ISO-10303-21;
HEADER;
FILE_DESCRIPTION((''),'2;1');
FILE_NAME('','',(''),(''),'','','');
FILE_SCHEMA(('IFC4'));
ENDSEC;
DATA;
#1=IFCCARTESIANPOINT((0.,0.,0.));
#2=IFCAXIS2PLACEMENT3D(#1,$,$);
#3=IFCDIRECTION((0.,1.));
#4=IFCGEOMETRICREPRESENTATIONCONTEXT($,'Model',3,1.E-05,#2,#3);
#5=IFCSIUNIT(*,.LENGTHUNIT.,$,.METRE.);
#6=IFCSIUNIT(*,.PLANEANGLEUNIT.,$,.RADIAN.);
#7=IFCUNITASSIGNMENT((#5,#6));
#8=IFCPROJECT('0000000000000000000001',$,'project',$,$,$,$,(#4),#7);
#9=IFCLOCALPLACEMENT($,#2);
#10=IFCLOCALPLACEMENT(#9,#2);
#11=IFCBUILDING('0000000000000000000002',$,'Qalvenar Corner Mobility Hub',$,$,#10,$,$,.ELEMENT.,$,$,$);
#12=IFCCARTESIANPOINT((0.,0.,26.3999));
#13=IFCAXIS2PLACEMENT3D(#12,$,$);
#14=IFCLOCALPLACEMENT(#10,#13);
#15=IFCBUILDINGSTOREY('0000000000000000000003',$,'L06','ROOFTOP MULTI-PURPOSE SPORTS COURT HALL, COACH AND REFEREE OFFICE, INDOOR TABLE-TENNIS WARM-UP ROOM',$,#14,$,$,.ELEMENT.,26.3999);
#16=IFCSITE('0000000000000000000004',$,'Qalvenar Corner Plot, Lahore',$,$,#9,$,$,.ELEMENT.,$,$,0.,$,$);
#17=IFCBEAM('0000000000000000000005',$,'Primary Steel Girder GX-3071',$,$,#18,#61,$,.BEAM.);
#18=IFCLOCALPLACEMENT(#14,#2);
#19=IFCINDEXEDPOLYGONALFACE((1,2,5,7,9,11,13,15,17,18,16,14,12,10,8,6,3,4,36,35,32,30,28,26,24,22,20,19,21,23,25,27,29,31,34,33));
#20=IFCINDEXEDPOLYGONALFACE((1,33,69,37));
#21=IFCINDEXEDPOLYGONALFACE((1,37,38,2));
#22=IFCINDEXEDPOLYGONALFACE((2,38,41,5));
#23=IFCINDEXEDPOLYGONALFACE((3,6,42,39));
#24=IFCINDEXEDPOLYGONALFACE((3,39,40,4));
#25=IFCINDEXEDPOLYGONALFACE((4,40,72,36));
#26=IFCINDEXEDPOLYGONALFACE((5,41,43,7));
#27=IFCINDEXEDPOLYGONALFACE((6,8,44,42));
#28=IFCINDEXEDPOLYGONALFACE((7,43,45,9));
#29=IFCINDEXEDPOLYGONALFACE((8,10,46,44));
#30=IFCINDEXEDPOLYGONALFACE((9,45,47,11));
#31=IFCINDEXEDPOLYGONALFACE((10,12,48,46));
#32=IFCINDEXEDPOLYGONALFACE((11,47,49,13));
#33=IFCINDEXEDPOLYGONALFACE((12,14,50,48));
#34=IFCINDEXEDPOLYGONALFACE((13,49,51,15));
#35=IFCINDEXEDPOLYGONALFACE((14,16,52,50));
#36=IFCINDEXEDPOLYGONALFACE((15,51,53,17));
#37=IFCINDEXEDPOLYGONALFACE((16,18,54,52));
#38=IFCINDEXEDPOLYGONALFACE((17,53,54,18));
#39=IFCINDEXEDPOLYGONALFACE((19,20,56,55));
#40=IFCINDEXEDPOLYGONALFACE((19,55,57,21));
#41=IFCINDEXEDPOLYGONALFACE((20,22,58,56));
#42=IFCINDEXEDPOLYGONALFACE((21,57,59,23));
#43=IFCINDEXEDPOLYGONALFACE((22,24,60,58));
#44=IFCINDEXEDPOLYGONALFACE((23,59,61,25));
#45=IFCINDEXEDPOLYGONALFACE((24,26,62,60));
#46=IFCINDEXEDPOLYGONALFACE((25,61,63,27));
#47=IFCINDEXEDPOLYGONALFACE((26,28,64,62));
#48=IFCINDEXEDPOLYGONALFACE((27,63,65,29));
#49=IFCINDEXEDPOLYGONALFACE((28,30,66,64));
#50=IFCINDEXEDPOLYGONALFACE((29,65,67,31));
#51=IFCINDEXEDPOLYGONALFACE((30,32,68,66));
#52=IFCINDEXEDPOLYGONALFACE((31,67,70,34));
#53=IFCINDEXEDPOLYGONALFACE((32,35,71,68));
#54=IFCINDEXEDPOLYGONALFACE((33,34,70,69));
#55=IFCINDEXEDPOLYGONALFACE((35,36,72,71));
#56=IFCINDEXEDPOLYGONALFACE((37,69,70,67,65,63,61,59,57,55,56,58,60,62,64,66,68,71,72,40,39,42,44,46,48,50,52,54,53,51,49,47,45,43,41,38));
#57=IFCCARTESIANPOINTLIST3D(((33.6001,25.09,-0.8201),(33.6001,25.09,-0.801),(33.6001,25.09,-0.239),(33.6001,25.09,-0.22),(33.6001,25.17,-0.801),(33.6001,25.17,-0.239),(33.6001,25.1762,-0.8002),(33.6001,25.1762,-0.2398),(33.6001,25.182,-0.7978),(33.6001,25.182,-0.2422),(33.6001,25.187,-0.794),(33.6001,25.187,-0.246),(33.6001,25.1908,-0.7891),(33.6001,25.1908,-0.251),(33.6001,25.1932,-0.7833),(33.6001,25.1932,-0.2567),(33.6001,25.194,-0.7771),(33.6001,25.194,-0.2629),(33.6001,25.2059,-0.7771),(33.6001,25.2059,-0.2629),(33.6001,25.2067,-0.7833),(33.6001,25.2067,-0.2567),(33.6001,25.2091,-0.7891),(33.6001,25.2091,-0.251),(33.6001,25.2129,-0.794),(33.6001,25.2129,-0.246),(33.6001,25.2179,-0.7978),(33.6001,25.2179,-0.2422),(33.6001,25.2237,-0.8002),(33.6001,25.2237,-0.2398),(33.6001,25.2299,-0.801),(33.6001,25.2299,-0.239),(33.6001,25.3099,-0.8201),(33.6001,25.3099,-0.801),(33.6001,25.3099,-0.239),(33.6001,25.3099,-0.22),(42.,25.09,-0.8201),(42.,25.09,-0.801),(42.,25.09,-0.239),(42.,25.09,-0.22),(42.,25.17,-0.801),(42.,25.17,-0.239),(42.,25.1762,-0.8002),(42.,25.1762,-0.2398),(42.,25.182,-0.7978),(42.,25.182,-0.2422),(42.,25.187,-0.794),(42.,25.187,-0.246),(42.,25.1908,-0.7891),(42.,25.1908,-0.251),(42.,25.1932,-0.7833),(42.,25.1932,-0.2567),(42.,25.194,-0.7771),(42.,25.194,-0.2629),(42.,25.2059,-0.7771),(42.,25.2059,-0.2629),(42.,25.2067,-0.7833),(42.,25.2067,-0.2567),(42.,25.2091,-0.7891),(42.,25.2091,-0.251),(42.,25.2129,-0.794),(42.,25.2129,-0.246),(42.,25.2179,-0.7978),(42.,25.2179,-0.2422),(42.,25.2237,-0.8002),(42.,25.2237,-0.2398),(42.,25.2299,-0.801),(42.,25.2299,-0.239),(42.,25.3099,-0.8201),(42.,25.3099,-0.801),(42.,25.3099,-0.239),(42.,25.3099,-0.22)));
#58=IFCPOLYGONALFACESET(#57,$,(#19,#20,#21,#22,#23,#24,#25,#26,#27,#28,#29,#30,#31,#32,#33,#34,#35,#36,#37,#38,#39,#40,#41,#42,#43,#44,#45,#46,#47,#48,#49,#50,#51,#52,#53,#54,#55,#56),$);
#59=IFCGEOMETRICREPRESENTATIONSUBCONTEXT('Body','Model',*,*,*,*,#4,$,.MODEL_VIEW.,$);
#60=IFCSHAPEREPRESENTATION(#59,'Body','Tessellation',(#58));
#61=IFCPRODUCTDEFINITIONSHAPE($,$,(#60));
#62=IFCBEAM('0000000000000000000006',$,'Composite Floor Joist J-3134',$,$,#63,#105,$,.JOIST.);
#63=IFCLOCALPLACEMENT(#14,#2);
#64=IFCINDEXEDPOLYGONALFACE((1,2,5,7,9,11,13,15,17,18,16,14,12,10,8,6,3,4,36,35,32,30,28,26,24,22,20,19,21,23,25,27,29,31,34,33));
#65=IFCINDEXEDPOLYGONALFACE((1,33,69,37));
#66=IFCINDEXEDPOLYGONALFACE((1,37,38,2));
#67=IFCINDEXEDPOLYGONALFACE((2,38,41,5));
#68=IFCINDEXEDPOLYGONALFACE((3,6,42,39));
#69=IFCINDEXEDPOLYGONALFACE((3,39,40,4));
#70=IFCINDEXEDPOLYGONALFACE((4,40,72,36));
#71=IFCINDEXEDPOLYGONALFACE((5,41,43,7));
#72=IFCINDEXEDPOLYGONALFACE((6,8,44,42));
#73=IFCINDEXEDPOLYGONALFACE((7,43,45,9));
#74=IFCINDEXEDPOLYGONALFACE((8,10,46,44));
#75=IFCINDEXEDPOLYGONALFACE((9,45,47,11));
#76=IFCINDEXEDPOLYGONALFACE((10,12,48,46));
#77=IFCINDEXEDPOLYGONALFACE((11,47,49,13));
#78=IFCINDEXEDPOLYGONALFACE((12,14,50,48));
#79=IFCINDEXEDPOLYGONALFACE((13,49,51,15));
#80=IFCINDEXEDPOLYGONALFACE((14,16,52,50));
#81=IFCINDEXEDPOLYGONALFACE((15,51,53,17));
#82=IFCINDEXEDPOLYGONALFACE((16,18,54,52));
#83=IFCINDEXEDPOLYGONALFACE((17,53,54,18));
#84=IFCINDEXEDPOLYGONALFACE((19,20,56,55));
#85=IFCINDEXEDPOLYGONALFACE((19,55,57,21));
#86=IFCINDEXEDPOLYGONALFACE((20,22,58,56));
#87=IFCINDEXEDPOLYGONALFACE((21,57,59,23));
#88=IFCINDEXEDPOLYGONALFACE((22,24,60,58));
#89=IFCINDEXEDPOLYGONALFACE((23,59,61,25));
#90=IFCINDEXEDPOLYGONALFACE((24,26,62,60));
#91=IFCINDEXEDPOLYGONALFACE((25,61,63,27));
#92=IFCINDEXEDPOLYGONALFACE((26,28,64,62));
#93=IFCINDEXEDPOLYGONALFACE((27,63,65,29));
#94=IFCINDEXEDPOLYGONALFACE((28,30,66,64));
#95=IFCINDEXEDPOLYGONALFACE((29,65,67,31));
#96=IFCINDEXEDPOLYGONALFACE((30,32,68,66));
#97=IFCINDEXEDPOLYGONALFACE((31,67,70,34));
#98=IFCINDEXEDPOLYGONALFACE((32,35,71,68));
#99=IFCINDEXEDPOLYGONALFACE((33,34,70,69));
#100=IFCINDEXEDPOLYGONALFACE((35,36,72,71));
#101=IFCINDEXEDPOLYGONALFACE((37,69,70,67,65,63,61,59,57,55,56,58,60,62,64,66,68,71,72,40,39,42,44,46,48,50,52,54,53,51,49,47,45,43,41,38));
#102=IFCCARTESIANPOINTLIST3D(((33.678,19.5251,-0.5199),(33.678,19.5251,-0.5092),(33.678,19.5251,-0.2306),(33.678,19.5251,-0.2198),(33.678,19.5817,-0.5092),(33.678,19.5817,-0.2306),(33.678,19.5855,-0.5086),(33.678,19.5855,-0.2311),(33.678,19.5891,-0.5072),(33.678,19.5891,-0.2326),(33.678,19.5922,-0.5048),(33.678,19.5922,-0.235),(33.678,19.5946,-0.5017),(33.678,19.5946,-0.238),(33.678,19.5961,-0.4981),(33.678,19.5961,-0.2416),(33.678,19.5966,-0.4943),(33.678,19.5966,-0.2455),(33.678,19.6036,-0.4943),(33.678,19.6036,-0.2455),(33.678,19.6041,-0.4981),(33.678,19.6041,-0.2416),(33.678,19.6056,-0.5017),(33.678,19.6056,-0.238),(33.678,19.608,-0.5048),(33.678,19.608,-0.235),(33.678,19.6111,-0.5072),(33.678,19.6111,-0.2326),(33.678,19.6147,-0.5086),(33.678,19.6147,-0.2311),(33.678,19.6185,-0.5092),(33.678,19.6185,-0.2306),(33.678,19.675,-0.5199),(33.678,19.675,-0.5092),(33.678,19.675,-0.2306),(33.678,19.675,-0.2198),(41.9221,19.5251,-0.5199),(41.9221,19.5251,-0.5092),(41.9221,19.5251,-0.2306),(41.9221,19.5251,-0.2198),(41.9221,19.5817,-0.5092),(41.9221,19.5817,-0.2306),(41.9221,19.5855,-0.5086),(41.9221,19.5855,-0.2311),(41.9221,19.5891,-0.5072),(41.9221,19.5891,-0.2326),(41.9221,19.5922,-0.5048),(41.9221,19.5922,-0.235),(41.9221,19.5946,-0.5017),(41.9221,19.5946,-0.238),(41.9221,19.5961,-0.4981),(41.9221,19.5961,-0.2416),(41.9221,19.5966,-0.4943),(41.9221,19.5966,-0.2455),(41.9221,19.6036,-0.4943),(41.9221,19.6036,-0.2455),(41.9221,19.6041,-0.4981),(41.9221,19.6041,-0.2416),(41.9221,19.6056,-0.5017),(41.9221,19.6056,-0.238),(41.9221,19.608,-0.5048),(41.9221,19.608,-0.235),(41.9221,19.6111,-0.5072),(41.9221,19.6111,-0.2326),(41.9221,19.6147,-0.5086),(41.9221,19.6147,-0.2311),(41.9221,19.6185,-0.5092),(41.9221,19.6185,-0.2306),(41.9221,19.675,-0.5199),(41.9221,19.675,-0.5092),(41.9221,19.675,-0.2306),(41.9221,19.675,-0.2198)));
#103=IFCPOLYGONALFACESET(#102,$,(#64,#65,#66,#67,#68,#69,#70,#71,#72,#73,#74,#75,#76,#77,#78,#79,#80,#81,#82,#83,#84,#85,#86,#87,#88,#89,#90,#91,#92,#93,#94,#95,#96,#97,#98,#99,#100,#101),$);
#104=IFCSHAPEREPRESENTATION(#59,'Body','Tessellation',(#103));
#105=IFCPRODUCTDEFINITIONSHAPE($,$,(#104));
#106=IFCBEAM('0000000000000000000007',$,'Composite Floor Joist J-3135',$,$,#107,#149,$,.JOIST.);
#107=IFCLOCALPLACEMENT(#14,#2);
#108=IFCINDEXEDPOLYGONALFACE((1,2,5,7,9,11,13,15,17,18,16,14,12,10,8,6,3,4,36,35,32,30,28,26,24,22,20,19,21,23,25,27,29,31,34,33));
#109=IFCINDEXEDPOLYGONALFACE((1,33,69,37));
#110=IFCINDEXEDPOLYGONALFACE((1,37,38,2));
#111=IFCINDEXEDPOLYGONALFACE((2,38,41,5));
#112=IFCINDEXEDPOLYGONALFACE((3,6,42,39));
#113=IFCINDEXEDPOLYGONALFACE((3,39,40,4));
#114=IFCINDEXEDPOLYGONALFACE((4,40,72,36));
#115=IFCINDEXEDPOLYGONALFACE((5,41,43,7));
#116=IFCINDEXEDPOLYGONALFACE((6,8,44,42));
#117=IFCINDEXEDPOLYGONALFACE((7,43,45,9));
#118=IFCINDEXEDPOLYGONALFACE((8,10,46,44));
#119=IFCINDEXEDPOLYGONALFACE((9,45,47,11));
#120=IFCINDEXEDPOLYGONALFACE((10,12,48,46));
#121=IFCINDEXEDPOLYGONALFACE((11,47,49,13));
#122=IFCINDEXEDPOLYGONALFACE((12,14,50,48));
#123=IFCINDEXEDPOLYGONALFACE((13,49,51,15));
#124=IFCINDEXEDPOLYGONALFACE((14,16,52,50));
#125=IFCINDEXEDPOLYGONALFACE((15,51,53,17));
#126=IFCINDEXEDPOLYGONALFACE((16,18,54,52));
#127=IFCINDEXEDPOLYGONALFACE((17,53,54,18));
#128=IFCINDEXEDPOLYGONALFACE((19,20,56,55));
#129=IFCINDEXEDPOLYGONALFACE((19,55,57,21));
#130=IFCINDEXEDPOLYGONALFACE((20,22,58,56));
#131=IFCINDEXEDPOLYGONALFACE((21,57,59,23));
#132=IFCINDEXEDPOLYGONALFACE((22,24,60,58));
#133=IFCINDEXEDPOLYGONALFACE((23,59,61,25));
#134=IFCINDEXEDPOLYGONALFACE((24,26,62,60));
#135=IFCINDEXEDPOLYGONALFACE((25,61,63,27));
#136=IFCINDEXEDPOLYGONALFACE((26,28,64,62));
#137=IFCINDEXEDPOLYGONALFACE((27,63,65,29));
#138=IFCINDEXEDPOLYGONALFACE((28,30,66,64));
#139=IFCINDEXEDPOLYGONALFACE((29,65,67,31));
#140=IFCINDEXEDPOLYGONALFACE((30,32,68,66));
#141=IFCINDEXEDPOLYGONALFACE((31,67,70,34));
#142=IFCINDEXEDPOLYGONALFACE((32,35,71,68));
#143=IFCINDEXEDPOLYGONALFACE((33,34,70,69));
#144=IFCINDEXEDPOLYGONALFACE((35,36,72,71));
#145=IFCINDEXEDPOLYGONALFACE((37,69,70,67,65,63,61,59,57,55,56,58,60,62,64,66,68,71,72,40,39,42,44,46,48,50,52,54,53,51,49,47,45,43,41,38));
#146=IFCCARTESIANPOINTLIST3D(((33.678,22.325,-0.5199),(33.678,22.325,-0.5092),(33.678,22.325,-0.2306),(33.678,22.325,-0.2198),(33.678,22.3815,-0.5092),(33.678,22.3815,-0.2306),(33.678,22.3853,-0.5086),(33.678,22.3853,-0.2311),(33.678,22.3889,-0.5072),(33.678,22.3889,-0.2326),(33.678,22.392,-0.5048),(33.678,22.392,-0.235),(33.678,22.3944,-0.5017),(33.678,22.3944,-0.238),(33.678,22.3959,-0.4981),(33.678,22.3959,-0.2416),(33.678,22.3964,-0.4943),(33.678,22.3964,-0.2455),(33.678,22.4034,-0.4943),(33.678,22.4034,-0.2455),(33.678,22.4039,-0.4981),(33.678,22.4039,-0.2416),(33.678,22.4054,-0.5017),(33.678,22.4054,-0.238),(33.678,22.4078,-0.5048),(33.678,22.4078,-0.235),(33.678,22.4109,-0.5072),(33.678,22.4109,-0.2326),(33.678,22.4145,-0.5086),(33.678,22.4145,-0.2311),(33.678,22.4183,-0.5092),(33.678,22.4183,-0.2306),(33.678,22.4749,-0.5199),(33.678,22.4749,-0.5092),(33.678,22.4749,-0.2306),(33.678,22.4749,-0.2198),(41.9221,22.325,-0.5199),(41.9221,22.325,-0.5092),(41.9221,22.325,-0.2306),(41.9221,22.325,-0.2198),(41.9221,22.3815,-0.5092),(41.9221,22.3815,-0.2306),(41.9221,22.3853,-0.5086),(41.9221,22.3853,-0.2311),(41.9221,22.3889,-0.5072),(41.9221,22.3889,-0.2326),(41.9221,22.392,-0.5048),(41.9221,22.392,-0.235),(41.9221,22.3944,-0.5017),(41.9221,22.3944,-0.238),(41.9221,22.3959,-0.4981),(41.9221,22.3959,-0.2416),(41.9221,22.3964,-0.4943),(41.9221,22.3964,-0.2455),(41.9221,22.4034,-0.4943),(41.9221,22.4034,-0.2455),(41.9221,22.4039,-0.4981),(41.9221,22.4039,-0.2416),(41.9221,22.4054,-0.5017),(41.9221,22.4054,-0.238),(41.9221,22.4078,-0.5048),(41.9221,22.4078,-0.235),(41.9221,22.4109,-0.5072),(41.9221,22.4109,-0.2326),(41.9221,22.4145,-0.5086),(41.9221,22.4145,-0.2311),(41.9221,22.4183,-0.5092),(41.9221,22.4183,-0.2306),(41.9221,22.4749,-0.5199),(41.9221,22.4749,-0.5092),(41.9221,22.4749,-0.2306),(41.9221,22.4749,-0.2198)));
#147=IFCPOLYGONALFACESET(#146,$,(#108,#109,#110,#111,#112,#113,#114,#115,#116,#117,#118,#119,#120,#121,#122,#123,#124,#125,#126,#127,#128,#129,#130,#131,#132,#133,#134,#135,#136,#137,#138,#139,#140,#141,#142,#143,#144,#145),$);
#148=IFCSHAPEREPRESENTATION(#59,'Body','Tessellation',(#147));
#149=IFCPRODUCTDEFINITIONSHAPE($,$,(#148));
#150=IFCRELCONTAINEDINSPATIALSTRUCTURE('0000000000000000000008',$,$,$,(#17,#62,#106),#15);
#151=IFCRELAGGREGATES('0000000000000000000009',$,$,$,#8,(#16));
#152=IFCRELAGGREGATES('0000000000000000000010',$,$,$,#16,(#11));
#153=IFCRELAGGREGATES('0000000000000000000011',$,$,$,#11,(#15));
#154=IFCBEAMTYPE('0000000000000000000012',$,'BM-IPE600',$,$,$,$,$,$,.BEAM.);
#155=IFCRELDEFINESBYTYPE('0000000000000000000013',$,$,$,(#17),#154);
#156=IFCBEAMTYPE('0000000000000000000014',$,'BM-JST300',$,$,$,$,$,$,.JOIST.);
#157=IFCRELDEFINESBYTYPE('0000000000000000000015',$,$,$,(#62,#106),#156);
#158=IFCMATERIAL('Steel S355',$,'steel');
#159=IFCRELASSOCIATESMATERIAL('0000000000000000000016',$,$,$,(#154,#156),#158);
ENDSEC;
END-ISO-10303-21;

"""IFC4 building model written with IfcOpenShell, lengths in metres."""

from ifc_helpers import new_model, si_unit, direction, frame, origin, origin_2d, place, context, subcontext, project, spatial, i_section, extrude, material, material_profile, profile_set, type_object, element, save


model = new_model("IFC4")

# Units and contexts
model_context = context("Model", 3, precision=1e-05, world=origin(), true_north=direction((0.0, 1.0)))
body_context = subcontext(model_context, "Body", "Model", "MODEL_VIEW")
ifc_project = project(units=[si_unit("LENGTHUNIT", "METRE"), si_unit("PLANEANGLEUNIT", "RADIAN")], contexts=[model_context])

# Site, building, storey
site_placement = place(None, origin())
site = spatial("IfcSite", under=ifc_project, at=site_placement, Name="Qalvenar Corner Plot, Lahore", CompositionType="ELEMENT", RefElevation=0.0)
building_placement = place(site_placement, origin())
building = spatial("IfcBuilding", under=site, at=building_placement, Name="Qalvenar Corner Mobility Hub", CompositionType="ELEMENT")
storey_placement = place(building_placement, frame((0.0, 0.0, 26.3999)))
storey = spatial("IfcBuildingStorey", under=building, at=storey_placement, Name="L06", Description="ROOFTOP MULTI-PURPOSE SPORTS COURT HALL, COACH AND REFEREE OFFICE, INDOOR TABLE-TENNIS WARM-UP ROOM", CompositionType="ELEMENT", Elevation=26.3999)

# Shared definitions
ifc_material_1 = material(Name="Steel S355", Category="steel")

# Beams
ifc_material_profile_1 = material_profile(ifc_material_1, i_section(OverallWidth=0.22, OverallDepth=0.6001, WebThickness=0.012, FlangeThickness=0.019, FilletRadius=0.0239, at=origin_2d()), Name="IPE600")
ifc_profile_set_1 = profile_set([ifc_material_profile_1], Name="Steel S355")
beam_type_1 = type_object("IfcBeamType", Name="BM-IPE600", PredefinedType="BEAM", material=ifc_profile_set_1)
for number, where, z_axis, x_axis, name in (
    (1, (33.6001, 25.2, -0.52), (1.0, 0.0, 0.0), (0.0, 1.0, 0.0), "Primary Steel Girder GX-3071"),
):
    element("IfcBeam", number, at=place(storey_placement, frame(where, z_axis=z_axis, x_axis=x_axis)), inside=storey, type_object=beam_type_1, Name=name, PredefinedType="BEAM", context=body_context, shape_type="SweptSolid", body=[
        extrude(i_section(OverallWidth=0.22, OverallDepth=0.6001, WebThickness=0.012, FlangeThickness=0.019, FilletRadius=0.0239, at=origin_2d()), origin(), (0.0, 0.0, 1.0), 8.3999),
    ])
ifc_material_profile_2 = material_profile(ifc_material_1, i_section(OverallWidth=0.1499, OverallDepth=0.3, WebThickness=0.0071, FlangeThickness=0.0107, FilletRadius=0.0149, at=origin_2d()), Name="IPE300")
ifc_profile_set_2 = profile_set([ifc_material_profile_2], Name="Steel S355")
beam_type_2 = type_object("IfcBeamType", Name="BM-JST300", PredefinedType="JOIST", material=ifc_profile_set_2)
for number, where, z_axis, x_axis, name in (
    (2, (33.678, 19.6001, -0.3699), (1.0, 0.0, 0.0), (0.0, 1.0, 0.0), "Composite Floor Joist J-3134"),
    (3, (33.678, 22.3999, -0.3699), (1.0, 0.0, 0.0), (0.0, 1.0, 0.0), "Composite Floor Joist J-3135"),
):
    element("IfcBeam", number, at=place(storey_placement, frame(where, z_axis=z_axis, x_axis=x_axis)), inside=storey, type_object=beam_type_2, Name=name, PredefinedType="JOIST", context=body_context, shape_type="SweptSolid", body=[
        extrude(i_section(OverallWidth=0.1499, OverallDepth=0.3, WebThickness=0.0071, FlangeThickness=0.0107, FilletRadius=0.0149, at=origin_2d()), origin(), (0.0, 0.0, 1.0), 8.2441),
    ])

save(model, "model.ifc")
